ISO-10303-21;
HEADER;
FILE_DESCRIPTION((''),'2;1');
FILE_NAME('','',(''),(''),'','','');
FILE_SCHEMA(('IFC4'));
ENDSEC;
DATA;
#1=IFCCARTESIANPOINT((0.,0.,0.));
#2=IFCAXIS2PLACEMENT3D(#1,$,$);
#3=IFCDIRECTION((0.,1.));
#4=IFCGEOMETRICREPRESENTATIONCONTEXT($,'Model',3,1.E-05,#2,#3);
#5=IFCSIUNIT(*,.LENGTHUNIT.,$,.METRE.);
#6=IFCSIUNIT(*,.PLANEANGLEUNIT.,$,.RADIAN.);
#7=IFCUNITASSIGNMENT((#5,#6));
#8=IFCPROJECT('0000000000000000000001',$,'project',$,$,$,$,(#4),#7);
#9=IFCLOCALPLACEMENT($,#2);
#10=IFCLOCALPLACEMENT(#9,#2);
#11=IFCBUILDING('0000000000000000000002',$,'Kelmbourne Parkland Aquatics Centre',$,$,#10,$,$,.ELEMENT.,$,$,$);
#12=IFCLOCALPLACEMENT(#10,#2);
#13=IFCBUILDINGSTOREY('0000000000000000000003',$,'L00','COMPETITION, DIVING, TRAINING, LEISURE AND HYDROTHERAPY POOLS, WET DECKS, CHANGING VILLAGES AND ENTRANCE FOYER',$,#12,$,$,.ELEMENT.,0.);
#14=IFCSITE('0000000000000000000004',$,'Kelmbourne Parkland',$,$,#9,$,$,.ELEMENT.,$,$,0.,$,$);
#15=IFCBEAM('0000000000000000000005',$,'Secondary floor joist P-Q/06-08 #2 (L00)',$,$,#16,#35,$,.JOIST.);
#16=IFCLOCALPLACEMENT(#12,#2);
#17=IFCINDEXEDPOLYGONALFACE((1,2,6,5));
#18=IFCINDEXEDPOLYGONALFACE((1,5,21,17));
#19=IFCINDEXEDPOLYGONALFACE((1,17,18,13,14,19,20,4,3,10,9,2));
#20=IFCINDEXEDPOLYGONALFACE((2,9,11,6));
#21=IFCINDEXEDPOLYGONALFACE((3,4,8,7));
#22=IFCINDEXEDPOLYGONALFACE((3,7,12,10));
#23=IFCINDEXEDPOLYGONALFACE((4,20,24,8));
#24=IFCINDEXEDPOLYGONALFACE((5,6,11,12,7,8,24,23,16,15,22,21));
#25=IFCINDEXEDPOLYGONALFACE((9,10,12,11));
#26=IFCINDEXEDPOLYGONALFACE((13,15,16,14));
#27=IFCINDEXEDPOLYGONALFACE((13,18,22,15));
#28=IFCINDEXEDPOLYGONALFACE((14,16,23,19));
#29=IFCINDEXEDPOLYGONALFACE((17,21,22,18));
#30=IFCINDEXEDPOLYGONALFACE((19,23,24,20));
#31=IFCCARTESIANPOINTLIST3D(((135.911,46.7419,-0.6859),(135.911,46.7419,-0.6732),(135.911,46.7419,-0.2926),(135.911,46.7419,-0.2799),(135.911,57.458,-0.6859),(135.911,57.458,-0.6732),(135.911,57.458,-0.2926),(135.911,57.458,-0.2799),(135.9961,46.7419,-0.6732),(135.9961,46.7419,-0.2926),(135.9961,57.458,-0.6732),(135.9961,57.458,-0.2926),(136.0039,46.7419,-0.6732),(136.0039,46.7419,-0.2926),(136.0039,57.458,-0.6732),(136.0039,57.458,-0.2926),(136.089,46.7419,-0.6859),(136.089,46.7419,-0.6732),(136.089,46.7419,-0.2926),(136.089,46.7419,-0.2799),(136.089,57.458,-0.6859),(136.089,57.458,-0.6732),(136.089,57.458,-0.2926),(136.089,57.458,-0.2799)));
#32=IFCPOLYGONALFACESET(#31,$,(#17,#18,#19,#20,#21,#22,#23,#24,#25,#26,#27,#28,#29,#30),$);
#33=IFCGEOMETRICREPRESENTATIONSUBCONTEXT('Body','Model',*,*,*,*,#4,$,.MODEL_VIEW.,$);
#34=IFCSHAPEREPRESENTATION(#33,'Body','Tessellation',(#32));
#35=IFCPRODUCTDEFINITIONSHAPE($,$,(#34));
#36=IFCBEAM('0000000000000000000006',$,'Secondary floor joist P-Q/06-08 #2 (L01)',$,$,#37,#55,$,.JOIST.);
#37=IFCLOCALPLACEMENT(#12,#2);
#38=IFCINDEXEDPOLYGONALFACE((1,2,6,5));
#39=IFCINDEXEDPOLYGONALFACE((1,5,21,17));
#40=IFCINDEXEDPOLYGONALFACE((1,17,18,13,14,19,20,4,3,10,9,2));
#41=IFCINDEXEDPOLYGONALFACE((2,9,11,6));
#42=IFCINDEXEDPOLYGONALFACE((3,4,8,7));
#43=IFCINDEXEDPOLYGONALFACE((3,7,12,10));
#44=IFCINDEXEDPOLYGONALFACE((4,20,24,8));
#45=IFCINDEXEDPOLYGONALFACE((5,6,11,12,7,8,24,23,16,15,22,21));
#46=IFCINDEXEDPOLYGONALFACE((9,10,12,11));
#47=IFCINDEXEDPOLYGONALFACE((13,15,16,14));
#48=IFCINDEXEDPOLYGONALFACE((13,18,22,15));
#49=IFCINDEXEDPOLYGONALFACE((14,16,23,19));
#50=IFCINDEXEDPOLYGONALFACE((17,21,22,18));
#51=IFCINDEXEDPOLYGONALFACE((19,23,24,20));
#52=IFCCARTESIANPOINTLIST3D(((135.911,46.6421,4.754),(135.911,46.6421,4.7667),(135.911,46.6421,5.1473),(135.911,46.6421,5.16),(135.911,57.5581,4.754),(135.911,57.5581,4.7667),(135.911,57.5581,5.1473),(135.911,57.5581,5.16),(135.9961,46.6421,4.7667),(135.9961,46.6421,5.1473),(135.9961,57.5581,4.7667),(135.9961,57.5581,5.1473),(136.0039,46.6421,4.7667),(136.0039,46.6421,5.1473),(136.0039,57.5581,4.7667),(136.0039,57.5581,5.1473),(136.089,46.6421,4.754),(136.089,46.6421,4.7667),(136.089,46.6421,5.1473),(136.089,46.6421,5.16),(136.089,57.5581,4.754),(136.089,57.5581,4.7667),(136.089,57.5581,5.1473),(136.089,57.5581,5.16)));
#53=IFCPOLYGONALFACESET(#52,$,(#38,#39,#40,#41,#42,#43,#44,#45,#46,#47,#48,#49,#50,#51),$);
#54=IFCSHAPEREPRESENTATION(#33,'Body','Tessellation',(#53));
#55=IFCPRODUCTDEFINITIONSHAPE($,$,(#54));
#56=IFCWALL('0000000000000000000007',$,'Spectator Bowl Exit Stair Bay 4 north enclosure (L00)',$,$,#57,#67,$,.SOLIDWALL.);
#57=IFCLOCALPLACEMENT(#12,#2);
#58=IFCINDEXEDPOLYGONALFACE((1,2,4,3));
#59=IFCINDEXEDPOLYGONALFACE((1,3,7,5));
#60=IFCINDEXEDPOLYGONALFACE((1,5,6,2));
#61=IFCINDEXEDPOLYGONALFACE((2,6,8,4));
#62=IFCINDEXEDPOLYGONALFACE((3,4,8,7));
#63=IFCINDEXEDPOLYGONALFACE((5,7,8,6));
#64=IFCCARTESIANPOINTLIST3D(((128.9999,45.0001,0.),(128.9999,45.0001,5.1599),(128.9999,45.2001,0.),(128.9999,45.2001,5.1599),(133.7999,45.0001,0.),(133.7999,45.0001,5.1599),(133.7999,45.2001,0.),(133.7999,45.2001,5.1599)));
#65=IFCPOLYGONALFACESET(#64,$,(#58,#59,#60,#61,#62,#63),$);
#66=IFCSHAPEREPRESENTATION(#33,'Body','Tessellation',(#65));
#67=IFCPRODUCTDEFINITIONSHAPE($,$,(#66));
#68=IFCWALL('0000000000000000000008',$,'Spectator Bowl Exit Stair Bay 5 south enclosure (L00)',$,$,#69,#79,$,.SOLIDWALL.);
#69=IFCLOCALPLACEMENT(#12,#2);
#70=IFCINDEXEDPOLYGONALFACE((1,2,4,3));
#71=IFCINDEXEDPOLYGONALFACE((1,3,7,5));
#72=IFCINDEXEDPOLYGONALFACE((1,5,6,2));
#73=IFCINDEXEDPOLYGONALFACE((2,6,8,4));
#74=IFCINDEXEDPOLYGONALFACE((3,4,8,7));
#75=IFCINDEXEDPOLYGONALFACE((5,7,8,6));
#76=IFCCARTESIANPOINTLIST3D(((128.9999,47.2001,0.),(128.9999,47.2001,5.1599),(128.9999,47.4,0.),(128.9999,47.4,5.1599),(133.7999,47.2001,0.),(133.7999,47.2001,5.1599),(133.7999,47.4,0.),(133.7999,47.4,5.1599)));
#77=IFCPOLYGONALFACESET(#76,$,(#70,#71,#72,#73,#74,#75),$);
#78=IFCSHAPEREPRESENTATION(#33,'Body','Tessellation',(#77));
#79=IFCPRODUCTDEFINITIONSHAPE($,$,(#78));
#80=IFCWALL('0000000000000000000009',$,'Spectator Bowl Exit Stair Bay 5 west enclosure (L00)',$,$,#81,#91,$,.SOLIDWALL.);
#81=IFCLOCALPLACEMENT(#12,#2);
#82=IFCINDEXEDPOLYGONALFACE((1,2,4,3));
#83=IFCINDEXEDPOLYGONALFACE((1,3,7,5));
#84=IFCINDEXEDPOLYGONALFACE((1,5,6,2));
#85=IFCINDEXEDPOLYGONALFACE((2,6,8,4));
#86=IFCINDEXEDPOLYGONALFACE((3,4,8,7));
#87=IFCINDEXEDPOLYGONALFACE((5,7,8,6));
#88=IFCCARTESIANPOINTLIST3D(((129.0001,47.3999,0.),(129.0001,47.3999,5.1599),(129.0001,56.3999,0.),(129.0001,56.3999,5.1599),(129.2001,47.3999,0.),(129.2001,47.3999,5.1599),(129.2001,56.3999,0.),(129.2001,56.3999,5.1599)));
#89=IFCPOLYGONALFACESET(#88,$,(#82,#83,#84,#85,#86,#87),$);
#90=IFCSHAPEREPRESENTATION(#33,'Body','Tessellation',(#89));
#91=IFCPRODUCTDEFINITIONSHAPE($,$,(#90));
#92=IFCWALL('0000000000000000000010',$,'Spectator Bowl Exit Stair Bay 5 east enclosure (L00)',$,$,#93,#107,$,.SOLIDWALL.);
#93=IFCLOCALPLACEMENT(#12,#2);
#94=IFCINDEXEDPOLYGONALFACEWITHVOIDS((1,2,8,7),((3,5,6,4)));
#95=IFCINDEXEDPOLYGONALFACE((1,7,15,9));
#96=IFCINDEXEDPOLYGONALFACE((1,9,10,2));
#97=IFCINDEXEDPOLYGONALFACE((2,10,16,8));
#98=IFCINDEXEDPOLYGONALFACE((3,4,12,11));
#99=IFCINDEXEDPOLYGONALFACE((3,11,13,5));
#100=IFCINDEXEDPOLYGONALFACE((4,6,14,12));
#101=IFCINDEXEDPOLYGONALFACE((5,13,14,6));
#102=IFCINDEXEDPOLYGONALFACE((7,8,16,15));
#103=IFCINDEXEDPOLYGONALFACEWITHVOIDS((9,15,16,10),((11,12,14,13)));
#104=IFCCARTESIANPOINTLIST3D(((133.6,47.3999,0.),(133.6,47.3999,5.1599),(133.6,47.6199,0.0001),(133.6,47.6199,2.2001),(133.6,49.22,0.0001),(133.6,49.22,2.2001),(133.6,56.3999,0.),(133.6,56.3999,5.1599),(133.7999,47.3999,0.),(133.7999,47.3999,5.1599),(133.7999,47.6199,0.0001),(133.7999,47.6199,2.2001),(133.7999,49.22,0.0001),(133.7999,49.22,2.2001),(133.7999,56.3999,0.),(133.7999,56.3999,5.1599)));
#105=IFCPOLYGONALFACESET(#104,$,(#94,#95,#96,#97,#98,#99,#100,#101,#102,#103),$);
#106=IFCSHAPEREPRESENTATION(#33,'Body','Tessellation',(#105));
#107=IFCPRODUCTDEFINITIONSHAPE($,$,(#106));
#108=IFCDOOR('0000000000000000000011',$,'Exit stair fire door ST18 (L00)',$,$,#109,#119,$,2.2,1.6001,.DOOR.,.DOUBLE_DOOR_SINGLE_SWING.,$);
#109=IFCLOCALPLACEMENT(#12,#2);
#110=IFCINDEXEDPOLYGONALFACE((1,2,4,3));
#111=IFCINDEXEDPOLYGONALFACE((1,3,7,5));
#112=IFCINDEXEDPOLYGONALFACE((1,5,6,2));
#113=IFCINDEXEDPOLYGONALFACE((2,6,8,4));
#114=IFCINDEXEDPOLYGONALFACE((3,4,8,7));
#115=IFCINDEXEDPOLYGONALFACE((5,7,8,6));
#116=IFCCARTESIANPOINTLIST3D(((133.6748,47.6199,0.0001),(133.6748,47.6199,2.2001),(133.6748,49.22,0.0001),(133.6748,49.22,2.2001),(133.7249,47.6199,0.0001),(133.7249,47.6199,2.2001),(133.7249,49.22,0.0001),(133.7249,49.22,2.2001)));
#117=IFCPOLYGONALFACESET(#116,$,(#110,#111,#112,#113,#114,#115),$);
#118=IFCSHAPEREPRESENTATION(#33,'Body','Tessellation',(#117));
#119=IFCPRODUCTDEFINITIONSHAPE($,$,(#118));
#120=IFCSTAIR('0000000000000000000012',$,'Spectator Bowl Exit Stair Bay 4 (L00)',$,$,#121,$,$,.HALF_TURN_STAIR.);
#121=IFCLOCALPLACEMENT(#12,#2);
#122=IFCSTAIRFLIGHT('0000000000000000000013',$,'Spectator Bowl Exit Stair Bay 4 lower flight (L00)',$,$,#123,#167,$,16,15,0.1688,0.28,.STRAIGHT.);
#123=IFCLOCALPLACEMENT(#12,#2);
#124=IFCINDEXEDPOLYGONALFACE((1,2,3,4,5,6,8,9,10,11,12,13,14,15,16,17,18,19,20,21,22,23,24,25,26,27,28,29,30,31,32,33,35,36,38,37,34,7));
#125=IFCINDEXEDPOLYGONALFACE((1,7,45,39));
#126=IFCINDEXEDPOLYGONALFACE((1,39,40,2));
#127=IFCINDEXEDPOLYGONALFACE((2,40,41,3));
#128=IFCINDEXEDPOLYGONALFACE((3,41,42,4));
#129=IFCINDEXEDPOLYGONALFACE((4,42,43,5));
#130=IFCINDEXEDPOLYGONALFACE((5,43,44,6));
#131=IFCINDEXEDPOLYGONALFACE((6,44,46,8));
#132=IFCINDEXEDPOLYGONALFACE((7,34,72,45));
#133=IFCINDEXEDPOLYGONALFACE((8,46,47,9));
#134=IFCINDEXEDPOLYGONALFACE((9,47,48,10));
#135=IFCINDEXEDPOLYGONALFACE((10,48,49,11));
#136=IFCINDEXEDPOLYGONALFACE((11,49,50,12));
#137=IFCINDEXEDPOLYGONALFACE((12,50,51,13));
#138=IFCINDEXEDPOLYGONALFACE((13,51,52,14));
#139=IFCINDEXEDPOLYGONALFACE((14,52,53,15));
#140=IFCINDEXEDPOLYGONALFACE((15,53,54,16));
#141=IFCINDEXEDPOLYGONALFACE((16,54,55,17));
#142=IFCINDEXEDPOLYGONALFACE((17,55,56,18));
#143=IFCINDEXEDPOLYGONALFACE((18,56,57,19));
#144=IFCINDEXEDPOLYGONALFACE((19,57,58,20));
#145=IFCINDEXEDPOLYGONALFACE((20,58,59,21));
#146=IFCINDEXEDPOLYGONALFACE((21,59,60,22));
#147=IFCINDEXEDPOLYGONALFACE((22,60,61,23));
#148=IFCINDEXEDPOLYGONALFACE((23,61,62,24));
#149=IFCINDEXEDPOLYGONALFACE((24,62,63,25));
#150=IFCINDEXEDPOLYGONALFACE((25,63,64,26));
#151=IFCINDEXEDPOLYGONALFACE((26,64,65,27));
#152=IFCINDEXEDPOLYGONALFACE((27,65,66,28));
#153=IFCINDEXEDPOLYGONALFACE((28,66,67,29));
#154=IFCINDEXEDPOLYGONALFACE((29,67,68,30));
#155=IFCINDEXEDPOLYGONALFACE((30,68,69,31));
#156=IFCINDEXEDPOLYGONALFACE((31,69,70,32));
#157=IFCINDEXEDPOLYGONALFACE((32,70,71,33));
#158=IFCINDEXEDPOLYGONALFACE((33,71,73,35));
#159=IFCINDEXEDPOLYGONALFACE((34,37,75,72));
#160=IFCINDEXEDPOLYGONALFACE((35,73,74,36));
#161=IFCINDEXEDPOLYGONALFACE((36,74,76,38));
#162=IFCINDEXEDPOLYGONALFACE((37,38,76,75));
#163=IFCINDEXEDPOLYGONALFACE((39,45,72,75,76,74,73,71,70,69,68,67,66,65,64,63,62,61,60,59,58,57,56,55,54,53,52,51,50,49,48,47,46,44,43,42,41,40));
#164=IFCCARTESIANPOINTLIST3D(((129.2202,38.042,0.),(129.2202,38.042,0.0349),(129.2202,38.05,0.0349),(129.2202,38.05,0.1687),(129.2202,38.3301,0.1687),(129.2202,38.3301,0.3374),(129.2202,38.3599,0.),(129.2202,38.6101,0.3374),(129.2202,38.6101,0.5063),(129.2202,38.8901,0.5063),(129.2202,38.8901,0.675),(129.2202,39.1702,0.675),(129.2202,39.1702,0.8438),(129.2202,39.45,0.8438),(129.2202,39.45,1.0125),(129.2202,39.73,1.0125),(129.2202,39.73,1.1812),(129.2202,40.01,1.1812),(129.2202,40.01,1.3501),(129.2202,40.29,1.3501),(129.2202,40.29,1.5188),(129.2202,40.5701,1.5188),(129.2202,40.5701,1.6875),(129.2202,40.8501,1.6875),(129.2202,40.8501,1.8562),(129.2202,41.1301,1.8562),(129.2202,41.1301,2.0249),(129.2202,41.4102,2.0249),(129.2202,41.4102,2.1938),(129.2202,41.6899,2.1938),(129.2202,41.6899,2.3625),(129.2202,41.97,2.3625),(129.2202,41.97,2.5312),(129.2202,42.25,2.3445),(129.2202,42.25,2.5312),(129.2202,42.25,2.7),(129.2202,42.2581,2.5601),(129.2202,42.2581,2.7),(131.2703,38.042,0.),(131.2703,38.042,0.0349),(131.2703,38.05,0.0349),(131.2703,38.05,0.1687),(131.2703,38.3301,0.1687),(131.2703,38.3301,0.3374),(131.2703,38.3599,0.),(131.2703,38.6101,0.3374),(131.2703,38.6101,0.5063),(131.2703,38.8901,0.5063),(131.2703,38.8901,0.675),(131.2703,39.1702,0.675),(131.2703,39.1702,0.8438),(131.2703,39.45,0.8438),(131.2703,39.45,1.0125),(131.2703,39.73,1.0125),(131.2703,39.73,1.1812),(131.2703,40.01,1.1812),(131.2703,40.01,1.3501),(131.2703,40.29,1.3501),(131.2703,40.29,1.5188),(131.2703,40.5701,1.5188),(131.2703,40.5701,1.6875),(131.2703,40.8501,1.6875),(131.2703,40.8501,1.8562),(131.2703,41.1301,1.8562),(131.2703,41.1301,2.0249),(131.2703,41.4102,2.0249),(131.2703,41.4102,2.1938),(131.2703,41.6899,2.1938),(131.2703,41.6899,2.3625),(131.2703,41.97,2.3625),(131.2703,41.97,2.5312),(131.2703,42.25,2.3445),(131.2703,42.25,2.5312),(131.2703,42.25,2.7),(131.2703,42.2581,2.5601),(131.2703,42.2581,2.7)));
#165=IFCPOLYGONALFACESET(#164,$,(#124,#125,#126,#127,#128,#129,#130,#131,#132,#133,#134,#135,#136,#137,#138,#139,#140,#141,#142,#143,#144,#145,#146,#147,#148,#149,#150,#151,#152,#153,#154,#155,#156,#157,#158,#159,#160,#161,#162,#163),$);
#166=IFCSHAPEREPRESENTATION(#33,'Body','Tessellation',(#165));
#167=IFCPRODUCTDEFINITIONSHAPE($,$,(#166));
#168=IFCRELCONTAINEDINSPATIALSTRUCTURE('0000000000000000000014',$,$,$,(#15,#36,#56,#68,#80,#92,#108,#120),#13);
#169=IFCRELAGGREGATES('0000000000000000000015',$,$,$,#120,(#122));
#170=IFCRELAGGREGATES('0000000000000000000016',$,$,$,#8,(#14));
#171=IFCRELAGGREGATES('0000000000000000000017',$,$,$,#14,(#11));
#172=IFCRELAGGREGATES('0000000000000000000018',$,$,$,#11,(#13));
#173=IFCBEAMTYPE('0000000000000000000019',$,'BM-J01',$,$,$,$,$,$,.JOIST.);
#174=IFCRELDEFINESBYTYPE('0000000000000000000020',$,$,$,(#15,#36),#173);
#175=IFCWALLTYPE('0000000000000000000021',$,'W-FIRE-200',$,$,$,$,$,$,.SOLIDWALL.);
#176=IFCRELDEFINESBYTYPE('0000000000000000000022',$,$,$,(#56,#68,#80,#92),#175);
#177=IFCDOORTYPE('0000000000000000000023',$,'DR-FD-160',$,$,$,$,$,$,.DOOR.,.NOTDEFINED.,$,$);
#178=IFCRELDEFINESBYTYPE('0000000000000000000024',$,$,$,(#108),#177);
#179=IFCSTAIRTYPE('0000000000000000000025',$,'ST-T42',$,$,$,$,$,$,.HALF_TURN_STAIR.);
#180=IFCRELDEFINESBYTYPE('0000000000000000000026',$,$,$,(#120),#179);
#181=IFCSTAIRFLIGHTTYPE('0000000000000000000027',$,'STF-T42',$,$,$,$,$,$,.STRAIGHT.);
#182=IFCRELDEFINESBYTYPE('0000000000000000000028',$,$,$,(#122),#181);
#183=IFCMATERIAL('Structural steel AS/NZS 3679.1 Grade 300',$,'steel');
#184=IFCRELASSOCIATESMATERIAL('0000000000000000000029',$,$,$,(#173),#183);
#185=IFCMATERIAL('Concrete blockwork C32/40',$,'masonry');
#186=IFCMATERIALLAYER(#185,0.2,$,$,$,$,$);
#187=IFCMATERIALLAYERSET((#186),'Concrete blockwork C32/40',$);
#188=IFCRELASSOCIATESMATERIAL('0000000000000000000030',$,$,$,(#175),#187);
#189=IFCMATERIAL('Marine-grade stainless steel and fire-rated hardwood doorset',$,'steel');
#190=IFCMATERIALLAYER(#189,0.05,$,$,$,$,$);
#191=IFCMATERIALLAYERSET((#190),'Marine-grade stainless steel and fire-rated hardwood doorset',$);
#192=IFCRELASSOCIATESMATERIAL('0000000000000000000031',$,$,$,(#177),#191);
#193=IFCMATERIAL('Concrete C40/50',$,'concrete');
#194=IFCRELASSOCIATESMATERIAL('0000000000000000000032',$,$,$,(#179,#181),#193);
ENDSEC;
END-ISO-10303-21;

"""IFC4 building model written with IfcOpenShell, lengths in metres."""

from ifc_helpers import new_model, si_unit, direction, frame, frame_2d, origin, origin_2d, place, context, subcontext, project, spatial, polyline, rectangle, i_section, outline, extrude, material, layer, layer_set, material_profile, profile_set, type_object, element, fill, aggregate, save


model = new_model("IFC4")

# Units and contexts
model_context = context("Model", 3, precision=1e-05, world=origin(), true_north=direction((0.0, 1.0)))
body_context = subcontext(model_context, "Body", "Model", "MODEL_VIEW")
ifc_project = project(units=[si_unit("LENGTHUNIT", "METRE"), si_unit("PLANEANGLEUNIT", "RADIAN")], contexts=[model_context])

# Site, building, storey
site_placement = place(None, origin())
site = spatial("IfcSite", under=ifc_project, at=site_placement, Name="Kelmbourne Parkland", CompositionType="ELEMENT", RefElevation=0.0)
building_placement = place(site_placement, origin())
building = spatial("IfcBuilding", under=site, at=building_placement, Name="Kelmbourne Parkland Aquatics Centre", CompositionType="ELEMENT")
storey_placement = place(building_placement, origin())
storey = spatial("IfcBuildingStorey", under=building, at=storey_placement, Name="L00", Description="COMPETITION, DIVING, TRAINING, LEISURE AND HYDROTHERAPY POOLS, WET DECKS, CHANGING VILLAGES AND ENTRANCE FOYER", CompositionType="ELEMENT", Elevation=0.0)

# Shared definitions
ifc_material_1 = material(Name="Concrete C40/50", Category="concrete")
ifc_material_2 = material(Name="Structural steel AS/NZS 3679.1 Grade 300", Category="steel")

# Beams
ifc_material_profile_1 = material_profile(ifc_material_2, i_section(OverallWidth=0.178, OverallDepth=0.406, WebThickness=0.0078, FlangeThickness=0.0127, at=origin_2d()), Name="410UB59.7")
ifc_profile_set_1 = profile_set([ifc_material_profile_1], Name="Structural steel AS/NZS 3679.1 Grade 300")
beam_type_1 = type_object("IfcBeamType", Name="BM-J01", PredefinedType="JOIST", material=ifc_profile_set_1)
beam_1_placement = place(storey_placement, frame((136.0, 46.7419, -0.4829), z_axis=(0.0, 1.0, 0.0), x_axis=(-1.0, 0.0, 0.0)))
element("IfcBeam", 1, at=beam_1_placement, inside=storey, type_object=beam_type_1, Name="Secondary floor joist P-Q/06-08 #2 (L00)", PredefinedType="JOIST", context=body_context, shape_type="SweptSolid", body=[
    extrude(i_section(OverallWidth=0.178, OverallDepth=0.406, WebThickness=0.0078, FlangeThickness=0.0127, at=origin_2d()), origin(), (0.0, 0.0, 1.0), 10.7161),
])
beam_2_placement = place(storey_placement, frame((136.0, 46.6421, 4.957), z_axis=(0.0, 1.0, 0.0), x_axis=(-1.0, 0.0, 0.0)))
element("IfcBeam", 2, at=beam_2_placement, inside=storey, type_object=beam_type_1, Name="Secondary floor joist P-Q/06-08 #2 (L01)", PredefinedType="JOIST", context=body_context, shape_type="SweptSolid", body=[
    extrude(i_section(OverallWidth=0.178, OverallDepth=0.406, WebThickness=0.0078, FlangeThickness=0.0127, at=origin_2d()), origin(), (0.0, 0.0, 1.0), 10.916),
])

# Walls
ifc_material_3 = material(Name="Concrete blockwork C32/40", Category="masonry")
ifc_layer_1 = layer(ifc_material_3, 0.2)
ifc_layer_set_1 = layer_set([ifc_layer_1], Name="Concrete blockwork C32/40")
wall_type = type_object("IfcWallType", Name="W-FIRE-200", PredefinedType="SOLIDWALL", material=ifc_layer_set_1)
for number, where, z_axis, x_axis, name in (
    (3, (129.0, 45.1001, 0.0), (0.0, 0.0, 1.0), (1.0, 0.0, 0.0), "Spectator Bowl Exit Stair Bay 4 north enclosure (L00)"),
    (4, (129.0, 47.3, 0.0), (0.0, 0.0, 1.0), (1.0, 0.0, 0.0), "Spectator Bowl Exit Stair Bay 5 south enclosure (L00)"),
):
    element("IfcWall", number, at=place(storey_placement, frame(where, z_axis=z_axis, x_axis=x_axis)), inside=storey, type_object=wall_type, Name=name, PredefinedType="SOLIDWALL", context=body_context, shape_type="SweptSolid", body=[
        extrude(rectangle(XDim=4.8, YDim=0.2, at=frame_2d((2.3999, 0.0))), origin(), (0.0, 0.0, 1.0), 5.1599),
    ])
wall_1_placement = place(storey_placement, frame((129.1001, 47.3999, 0.0), z_axis=(0.0, 0.0, 1.0), x_axis=(0.0, 1.0, 0.0)))
element("IfcWall", 5, at=wall_1_placement, inside=storey, type_object=wall_type, Name="Spectator Bowl Exit Stair Bay 5 west enclosure (L00)", PredefinedType="SOLIDWALL", context=body_context, shape_type="SweptSolid", body=[
    extrude(rectangle(XDim=9.0, YDim=0.2, at=frame_2d((4.5, 0.0))), origin(), (0.0, 0.0, 1.0), 5.1599),
])

# Wall, opening, door
wall_2_placement = place(storey_placement, frame((133.7, 47.3999, 0.0), z_axis=(0.0, 0.0, 1.0), x_axis=(0.0, 1.0, 0.0)))
wall_2 = element("IfcWall", 6, at=wall_2_placement, inside=storey, type_object=wall_type, Name="Spectator Bowl Exit Stair Bay 5 east enclosure (L00)", PredefinedType="SOLIDWALL", context=body_context, shape_type="SweptSolid", body=[
    extrude(rectangle(XDim=9.0, YDim=0.2, at=frame_2d((4.5, 0.0))), origin(), (0.0, 0.0, 1.0), 5.1599),
])
opening_placement = place(wall_2_placement, frame((0.22, 0.0, 0.0)))
opening = element("IfcOpeningElement", 7, at=opening_placement, cuts=wall_2, PredefinedType="OPENING", context=body_context, shape_type="SweptSolid", body=[
    extrude(rectangle(XDim=1.6001, YDim=2.2, at=frame_2d((0.8, 1.1001))), frame((0.0, 0.1118, 0.0), z_axis=(0.0, -1.0, 0.0), x_axis=(1.0, 0.0, 0.0)), (0.0, 0.0, 1.0), 0.2239),
])
ifc_material_4 = material(Name="Marine-grade stainless steel and fire-rated hardwood doorset", Category="steel")
ifc_layer_2 = layer(ifc_material_4, 0.05)
ifc_layer_set_2 = layer_set([ifc_layer_2], Name="Marine-grade stainless steel and fire-rated hardwood doorset")
door_type = type_object("IfcDoorType", Name="DR-FD-160", OperationType="NOTDEFINED", PredefinedType="DOOR", material=ifc_layer_set_2)
door_placement = place(opening_placement, frame((1.6001, 0.0, 0.0), z_axis=(0.0, 0.0, 1.0), x_axis=(-1.0, 0.0, 0.0)))
door = element("IfcDoor", 8, at=door_placement, inside=storey, type_object=door_type, Name="Exit stair fire door ST18 (L00)", OperationType="DOUBLE_DOOR_SINGLE_SWING", OverallHeight=2.2, OverallWidth=1.6001, PredefinedType="DOOR", context=body_context, shape_type="SweptSolid", body=[
    extrude(rectangle(XDim=1.6001, YDim=2.2, at=frame_2d((0.8, 1.1001))), frame((0.0, 0.0249, 0.0), z_axis=(0.0, -1.0, 0.0), x_axis=(1.0, 0.0, 0.0)), (0.0, 0.0, 1.0), 0.05),
])
fill(opening, door)

# Stair, stair flight
stair_type = type_object("IfcStairType", Name="ST-T42", PredefinedType="HALF_TURN_STAIR", material=ifc_material_1)
stair_placement = place(storey_placement, origin())
stair = element("IfcStair", 9, at=stair_placement, inside=storey, type_object=stair_type, Name="Spectator Bowl Exit Stair Bay 4 (L00)", PredefinedType="HALF_TURN_STAIR")
stair_flight_type = type_object("IfcStairFlightType", Name="STF-T42", PredefinedType="STRAIGHT", material=ifc_material_1)
stair_flight_1_placement = place(storey_placement, frame((130.2451, 38.05, 0.0), z_axis=(0.0, 0.0, 1.0), x_axis=(0.0, 1.0, 0.0)))
stair_flight_1 = element("IfcStairFlight", 10, at=stair_flight_1_placement, type_object=stair_flight_type, Name="Spectator Bowl Exit Stair Bay 4 lower flight (L00)", NumberOfRisers=16, NumberOfTreads=15, PredefinedType="STRAIGHT", RiserHeight=0.1688, TreadLength=0.28, context=body_context, shape_type="SweptSolid", body=[
    extrude(outline(polyline([(-0.0081, 0.0), (-0.0081, 0.0349), (0.0, 0.0349), (0.0, 0.1687), (0.28, 0.1687), (0.28, 0.3374), (0.5601, 0.3374), (0.5601, 0.5063), (0.8401, 0.5063), (0.8401, 0.675), (1.1201, 0.675), (1.1201, 0.8438), (1.3999, 0.8438), (1.3999, 1.0125), (1.6799, 1.0125), (1.6799, 1.1812), (1.96, 1.1812), (1.96, 1.3501), (2.24, 1.3501), (2.24, 1.5188), (2.52, 1.5188), (2.52, 1.6875), (2.8, 1.6875), (2.8, 1.8562), (3.0801, 1.8562), (3.0801, 2.0249), (3.3601, 2.0249), (3.3601, 2.1938), (3.6399, 2.1938), (3.6399, 2.3625), (3.9199, 2.3625), (3.9199, 2.5312), (4.2, 2.5312), (4.2, 2.7), (4.208, 2.7), (4.208, 2.5601), (4.2, 2.3445), (0.3098, 0.0), (-0.0081, 0.0)])), frame((0.0, 1.0249, 0.0), z_axis=(0.0, -1.0, 0.0), x_axis=(1.0, 0.0, 0.0)), (0.0, 0.0, 1.0), 2.05),
])
aggregate(stair, [stair_flight_1])

save(model, "model.ifc")
